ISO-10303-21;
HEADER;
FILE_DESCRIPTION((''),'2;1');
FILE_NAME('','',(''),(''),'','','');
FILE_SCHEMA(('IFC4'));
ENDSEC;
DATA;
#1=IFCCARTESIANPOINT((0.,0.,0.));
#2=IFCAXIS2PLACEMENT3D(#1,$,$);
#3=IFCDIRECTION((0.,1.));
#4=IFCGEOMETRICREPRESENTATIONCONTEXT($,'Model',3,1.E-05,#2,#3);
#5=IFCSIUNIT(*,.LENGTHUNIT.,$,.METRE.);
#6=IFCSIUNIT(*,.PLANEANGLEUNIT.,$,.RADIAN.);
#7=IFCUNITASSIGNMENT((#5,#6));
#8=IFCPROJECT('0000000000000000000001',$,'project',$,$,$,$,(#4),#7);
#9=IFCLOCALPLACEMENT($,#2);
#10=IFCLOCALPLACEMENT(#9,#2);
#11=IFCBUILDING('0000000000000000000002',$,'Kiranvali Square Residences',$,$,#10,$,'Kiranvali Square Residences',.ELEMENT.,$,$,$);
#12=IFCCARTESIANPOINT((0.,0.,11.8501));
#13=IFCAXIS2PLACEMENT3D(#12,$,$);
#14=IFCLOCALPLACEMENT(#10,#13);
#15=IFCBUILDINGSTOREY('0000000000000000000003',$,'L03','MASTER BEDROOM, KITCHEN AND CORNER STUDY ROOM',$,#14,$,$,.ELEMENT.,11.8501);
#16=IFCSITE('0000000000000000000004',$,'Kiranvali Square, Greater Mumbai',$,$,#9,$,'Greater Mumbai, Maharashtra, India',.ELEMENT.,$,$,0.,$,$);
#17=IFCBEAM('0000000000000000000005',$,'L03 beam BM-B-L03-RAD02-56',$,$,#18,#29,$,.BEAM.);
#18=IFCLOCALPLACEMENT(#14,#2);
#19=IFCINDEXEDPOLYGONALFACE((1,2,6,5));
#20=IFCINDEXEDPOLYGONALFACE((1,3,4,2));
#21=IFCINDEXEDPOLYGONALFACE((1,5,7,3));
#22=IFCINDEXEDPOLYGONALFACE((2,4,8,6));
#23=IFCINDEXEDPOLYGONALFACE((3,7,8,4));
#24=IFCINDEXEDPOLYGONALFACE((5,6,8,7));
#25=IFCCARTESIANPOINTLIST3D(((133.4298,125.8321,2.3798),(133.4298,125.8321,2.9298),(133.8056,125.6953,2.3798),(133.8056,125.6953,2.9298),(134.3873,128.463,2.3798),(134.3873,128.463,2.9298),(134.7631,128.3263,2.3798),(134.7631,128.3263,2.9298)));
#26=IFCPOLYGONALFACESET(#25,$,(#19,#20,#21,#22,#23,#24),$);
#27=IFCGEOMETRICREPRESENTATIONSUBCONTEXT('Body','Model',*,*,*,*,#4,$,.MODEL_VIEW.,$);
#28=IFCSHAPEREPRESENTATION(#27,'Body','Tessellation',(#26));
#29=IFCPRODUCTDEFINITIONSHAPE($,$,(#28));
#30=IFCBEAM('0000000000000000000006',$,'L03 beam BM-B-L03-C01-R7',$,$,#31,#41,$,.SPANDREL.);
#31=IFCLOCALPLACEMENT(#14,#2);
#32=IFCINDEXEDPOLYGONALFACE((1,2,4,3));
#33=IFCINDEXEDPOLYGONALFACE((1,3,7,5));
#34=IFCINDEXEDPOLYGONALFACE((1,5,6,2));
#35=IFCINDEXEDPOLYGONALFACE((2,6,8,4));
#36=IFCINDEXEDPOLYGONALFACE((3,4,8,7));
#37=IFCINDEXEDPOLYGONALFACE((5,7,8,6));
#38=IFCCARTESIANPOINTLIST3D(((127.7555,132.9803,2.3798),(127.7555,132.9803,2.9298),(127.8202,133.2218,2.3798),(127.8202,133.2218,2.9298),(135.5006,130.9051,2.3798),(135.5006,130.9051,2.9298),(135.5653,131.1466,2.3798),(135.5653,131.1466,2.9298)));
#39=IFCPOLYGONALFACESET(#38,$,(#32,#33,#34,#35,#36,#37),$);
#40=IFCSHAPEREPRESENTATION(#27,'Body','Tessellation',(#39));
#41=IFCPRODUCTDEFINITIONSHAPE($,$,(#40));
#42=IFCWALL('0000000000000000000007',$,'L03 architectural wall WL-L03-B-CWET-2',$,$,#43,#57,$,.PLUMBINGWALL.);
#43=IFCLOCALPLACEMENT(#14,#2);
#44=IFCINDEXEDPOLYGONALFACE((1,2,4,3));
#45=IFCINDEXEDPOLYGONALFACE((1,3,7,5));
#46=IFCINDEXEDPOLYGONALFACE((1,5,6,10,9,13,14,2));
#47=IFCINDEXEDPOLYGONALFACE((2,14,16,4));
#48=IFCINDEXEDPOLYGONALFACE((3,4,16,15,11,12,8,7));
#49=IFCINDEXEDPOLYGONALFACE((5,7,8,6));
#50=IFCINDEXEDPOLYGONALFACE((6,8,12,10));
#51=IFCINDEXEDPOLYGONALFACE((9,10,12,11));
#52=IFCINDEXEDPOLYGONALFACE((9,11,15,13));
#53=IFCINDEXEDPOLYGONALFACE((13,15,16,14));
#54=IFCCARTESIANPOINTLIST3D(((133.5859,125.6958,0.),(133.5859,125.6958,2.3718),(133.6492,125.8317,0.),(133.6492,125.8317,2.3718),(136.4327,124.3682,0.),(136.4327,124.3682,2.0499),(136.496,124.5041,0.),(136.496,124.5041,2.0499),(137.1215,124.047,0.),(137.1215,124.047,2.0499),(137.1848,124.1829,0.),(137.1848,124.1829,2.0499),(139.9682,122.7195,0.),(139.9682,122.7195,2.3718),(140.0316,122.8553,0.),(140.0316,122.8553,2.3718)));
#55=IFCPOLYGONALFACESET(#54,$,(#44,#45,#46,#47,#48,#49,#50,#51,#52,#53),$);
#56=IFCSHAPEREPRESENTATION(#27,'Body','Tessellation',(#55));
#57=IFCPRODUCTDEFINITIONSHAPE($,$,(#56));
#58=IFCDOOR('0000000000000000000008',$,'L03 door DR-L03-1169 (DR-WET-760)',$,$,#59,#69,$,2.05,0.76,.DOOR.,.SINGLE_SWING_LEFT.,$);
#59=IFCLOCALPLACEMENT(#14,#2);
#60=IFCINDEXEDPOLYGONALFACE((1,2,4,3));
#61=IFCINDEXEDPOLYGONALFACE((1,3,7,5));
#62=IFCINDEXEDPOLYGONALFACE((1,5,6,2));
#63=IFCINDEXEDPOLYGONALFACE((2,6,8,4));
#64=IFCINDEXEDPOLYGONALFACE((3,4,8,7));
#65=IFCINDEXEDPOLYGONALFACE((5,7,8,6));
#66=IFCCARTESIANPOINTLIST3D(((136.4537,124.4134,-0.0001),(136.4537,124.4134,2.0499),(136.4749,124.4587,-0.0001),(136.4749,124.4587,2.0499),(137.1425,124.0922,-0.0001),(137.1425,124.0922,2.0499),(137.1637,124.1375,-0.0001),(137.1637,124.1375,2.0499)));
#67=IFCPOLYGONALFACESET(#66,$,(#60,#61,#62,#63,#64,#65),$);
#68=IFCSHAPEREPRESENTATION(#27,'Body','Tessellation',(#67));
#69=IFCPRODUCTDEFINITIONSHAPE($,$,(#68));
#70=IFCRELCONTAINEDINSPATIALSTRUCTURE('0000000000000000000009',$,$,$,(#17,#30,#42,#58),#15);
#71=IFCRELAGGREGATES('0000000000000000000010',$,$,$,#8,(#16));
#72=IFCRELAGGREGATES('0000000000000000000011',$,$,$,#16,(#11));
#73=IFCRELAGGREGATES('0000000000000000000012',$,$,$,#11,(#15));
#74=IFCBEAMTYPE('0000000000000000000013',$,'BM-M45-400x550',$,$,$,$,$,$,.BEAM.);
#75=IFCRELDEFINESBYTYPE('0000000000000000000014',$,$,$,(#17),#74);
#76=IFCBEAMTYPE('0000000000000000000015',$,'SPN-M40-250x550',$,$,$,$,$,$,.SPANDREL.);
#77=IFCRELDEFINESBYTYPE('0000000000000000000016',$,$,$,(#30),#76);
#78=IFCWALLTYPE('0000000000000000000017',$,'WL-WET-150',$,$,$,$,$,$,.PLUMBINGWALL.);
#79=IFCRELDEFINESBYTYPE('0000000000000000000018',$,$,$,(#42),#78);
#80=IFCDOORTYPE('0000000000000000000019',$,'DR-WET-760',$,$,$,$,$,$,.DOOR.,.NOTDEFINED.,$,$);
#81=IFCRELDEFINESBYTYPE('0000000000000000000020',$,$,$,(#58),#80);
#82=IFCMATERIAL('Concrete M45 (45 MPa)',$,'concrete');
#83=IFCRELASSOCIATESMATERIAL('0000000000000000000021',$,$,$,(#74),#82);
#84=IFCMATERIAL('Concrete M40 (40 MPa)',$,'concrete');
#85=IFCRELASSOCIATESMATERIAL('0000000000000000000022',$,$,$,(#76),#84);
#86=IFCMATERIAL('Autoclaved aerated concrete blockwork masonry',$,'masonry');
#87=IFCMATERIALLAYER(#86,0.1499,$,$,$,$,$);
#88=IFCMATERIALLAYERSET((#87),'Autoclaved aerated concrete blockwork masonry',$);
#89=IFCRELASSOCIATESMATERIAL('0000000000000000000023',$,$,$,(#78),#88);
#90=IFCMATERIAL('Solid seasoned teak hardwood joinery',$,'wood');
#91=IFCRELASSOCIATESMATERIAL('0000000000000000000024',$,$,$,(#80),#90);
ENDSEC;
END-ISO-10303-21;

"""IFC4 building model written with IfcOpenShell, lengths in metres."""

from ifc_helpers import new_model, si_unit, direction, frame, frame_2d, origin, origin_2d, place, context, subcontext, project, spatial, rectangle, extrude, material, layer, layer_set, material_profile, profile_set, type_object, element, fill, save


model = new_model("IFC4")

# Units and contexts
model_context = context("Model", 3, precision=1e-05, world=origin(), true_north=direction((0.0, 1.0)))
body_context = subcontext(model_context, "Body", "Model", "MODEL_VIEW")
ifc_project = project(units=[si_unit("LENGTHUNIT", "METRE"), si_unit("PLANEANGLEUNIT", "RADIAN")], contexts=[model_context])

# Site, building, storey
site_placement = place(None, origin())
site = spatial("IfcSite", under=ifc_project, at=site_placement, Name="Kiranvali Square, Greater Mumbai", LongName="Greater Mumbai, Maharashtra, India", CompositionType="ELEMENT", RefElevation=0.0)
building_placement = place(site_placement, origin())
building = spatial("IfcBuilding", under=site, at=building_placement, Name="Kiranvali Square Residences", LongName="Kiranvali Square Residences", CompositionType="ELEMENT")
storey_placement = place(building_placement, frame((0.0, 0.0, 11.8501)))
storey = spatial("IfcBuildingStorey", under=building, at=storey_placement, Name="L03", Description="MASTER BEDROOM, KITCHEN AND CORNER STUDY ROOM", CompositionType="ELEMENT", Elevation=11.8501)

# Beams
ifc_material_1 = material(Name="Concrete M45 (45 MPa)", Category="concrete")
ifc_material_profile_1 = material_profile(ifc_material_1, rectangle(XDim=0.3999, YDim=0.55, at=origin_2d()), Name="RC 400x550")
ifc_profile_set_1 = profile_set([ifc_material_profile_1], Name="Concrete M45 (45 MPa)")
beam_type_1 = type_object("IfcBeamType", Name="BM-M45-400x550", PredefinedType="BEAM", material=ifc_profile_set_1)
beam_1_placement = place(storey_placement, frame((133.6177, 125.7637, 2.6548), z_axis=(0.341981, 0.939707, 0.0), x_axis=(-0.939707, 0.341981, 0.0)))
element("IfcBeam", 1, at=beam_1_placement, inside=storey, type_object=beam_type_1, Name="L03 beam BM-B-L03-RAD02-56", PredefinedType="BEAM", context=body_context, shape_type="SweptSolid", body=[
    extrude(rectangle(XDim=0.3999, YDim=0.55, at=origin_2d()), origin(), (0.0, 0.0, 1.0), 2.7998),
])
ifc_material_2 = material(Name="Concrete M40 (40 MPa)", Category="concrete")
ifc_material_profile_2 = material_profile(ifc_material_2, rectangle(XDim=0.25, YDim=0.55, at=origin_2d()), Name="RC 250x550")
ifc_profile_set_2 = profile_set([ifc_material_profile_2], Name="Concrete M40 (40 MPa)")
beam_type_2 = type_object("IfcBeamType", Name="SPN-M40-250x550", PredefinedType="SPANDREL", material=ifc_profile_set_2)
beam_2_placement = place(storey_placement, frame((127.7878, 133.1011, 2.6548), z_axis=(0.965929, -0.258807, 0.0), x_axis=(0.258807, 0.965929, 0.0)))
element("IfcBeam", 2, at=beam_2_placement, inside=storey, type_object=beam_type_2, Name="L03 beam BM-B-L03-C01-R7", PredefinedType="SPANDREL", context=body_context, shape_type="SweptSolid", body=[
    extrude(rectangle(XDim=0.25, YDim=0.55, at=origin_2d()), origin(), (0.0, 0.0, 1.0), 8.0183),
])

# Wall, opening, door
ifc_material_3 = material(Name="Autoclaved aerated concrete blockwork masonry", Category="masonry")
ifc_layer_1 = layer(ifc_material_3, 0.1499)
ifc_layer_set_1 = layer_set([ifc_layer_1], Name="Autoclaved aerated concrete blockwork masonry")
wall_type_1 = type_object("IfcWallType", Name="WL-WET-150", PredefinedType="PLUMBINGWALL", material=ifc_layer_set_1)
wall_1_placement = place(storey_placement, frame((133.6177, 125.7637, 0.0), z_axis=(0.0, 0.0, 1.0), x_axis=(0.906297, -0.422641, 0.0)))
wall_1 = element("IfcWall", 3, at=wall_1_placement, inside=storey, type_object=wall_type_1, Name="L03 architectural wall WL-L03-B-CWET-2", PredefinedType="PLUMBINGWALL", context=body_context, shape_type="SweptSolid", body=[
    extrude(rectangle(XDim=7.0422, YDim=0.1499, at=frame_2d((3.521, 0.0))), origin(), (0.0, 0.0, 1.0), 2.3718),
])
opening_1_placement = place(wall_1_placement, frame((3.1411, 0.0, 0.0)))
opening_1 = element("IfcOpeningElement", 4, at=opening_1_placement, cuts=wall_1, PredefinedType="OPENING", context=body_context, shape_type="SweptSolid", body=[
    extrude(rectangle(XDim=0.76, YDim=2.05, at=frame_2d((0.3799, 1.0249))), frame((0.0, 0.085, 0.0), z_axis=(0.0, -1.0, 0.0), x_axis=(1.0, 0.0, 0.0)), (0.0, 0.0, 1.0), 0.1699),
])
ifc_material_4 = material(Name="Solid seasoned teak hardwood joinery", Category="wood")
door_type_1 = type_object("IfcDoorType", Name="DR-WET-760", OperationType="NOTDEFINED", PredefinedType="DOOR", material=ifc_material_4)
door_1_placement = place(opening_1_placement, origin())
door_1 = element("IfcDoor", 5, at=door_1_placement, inside=storey, type_object=door_type_1, Name="L03 door DR-L03-1169 (DR-WET-760)", OperationType="SINGLE_SWING_LEFT", OverallHeight=2.05, OverallWidth=0.76, PredefinedType="DOOR", context=body_context, shape_type="SweptSolid", body=[
    extrude(rectangle(XDim=0.76, YDim=2.05, at=frame_2d((0.3799, 1.0249))), frame((0.0, 0.0249, 0.0), z_axis=(0.0, -1.0, 0.0), x_axis=(1.0, 0.0, 0.0)), (0.0, 0.0, 1.0), 0.05),
])
fill(opening_1, door_1)

save(model, "model.ifc")
